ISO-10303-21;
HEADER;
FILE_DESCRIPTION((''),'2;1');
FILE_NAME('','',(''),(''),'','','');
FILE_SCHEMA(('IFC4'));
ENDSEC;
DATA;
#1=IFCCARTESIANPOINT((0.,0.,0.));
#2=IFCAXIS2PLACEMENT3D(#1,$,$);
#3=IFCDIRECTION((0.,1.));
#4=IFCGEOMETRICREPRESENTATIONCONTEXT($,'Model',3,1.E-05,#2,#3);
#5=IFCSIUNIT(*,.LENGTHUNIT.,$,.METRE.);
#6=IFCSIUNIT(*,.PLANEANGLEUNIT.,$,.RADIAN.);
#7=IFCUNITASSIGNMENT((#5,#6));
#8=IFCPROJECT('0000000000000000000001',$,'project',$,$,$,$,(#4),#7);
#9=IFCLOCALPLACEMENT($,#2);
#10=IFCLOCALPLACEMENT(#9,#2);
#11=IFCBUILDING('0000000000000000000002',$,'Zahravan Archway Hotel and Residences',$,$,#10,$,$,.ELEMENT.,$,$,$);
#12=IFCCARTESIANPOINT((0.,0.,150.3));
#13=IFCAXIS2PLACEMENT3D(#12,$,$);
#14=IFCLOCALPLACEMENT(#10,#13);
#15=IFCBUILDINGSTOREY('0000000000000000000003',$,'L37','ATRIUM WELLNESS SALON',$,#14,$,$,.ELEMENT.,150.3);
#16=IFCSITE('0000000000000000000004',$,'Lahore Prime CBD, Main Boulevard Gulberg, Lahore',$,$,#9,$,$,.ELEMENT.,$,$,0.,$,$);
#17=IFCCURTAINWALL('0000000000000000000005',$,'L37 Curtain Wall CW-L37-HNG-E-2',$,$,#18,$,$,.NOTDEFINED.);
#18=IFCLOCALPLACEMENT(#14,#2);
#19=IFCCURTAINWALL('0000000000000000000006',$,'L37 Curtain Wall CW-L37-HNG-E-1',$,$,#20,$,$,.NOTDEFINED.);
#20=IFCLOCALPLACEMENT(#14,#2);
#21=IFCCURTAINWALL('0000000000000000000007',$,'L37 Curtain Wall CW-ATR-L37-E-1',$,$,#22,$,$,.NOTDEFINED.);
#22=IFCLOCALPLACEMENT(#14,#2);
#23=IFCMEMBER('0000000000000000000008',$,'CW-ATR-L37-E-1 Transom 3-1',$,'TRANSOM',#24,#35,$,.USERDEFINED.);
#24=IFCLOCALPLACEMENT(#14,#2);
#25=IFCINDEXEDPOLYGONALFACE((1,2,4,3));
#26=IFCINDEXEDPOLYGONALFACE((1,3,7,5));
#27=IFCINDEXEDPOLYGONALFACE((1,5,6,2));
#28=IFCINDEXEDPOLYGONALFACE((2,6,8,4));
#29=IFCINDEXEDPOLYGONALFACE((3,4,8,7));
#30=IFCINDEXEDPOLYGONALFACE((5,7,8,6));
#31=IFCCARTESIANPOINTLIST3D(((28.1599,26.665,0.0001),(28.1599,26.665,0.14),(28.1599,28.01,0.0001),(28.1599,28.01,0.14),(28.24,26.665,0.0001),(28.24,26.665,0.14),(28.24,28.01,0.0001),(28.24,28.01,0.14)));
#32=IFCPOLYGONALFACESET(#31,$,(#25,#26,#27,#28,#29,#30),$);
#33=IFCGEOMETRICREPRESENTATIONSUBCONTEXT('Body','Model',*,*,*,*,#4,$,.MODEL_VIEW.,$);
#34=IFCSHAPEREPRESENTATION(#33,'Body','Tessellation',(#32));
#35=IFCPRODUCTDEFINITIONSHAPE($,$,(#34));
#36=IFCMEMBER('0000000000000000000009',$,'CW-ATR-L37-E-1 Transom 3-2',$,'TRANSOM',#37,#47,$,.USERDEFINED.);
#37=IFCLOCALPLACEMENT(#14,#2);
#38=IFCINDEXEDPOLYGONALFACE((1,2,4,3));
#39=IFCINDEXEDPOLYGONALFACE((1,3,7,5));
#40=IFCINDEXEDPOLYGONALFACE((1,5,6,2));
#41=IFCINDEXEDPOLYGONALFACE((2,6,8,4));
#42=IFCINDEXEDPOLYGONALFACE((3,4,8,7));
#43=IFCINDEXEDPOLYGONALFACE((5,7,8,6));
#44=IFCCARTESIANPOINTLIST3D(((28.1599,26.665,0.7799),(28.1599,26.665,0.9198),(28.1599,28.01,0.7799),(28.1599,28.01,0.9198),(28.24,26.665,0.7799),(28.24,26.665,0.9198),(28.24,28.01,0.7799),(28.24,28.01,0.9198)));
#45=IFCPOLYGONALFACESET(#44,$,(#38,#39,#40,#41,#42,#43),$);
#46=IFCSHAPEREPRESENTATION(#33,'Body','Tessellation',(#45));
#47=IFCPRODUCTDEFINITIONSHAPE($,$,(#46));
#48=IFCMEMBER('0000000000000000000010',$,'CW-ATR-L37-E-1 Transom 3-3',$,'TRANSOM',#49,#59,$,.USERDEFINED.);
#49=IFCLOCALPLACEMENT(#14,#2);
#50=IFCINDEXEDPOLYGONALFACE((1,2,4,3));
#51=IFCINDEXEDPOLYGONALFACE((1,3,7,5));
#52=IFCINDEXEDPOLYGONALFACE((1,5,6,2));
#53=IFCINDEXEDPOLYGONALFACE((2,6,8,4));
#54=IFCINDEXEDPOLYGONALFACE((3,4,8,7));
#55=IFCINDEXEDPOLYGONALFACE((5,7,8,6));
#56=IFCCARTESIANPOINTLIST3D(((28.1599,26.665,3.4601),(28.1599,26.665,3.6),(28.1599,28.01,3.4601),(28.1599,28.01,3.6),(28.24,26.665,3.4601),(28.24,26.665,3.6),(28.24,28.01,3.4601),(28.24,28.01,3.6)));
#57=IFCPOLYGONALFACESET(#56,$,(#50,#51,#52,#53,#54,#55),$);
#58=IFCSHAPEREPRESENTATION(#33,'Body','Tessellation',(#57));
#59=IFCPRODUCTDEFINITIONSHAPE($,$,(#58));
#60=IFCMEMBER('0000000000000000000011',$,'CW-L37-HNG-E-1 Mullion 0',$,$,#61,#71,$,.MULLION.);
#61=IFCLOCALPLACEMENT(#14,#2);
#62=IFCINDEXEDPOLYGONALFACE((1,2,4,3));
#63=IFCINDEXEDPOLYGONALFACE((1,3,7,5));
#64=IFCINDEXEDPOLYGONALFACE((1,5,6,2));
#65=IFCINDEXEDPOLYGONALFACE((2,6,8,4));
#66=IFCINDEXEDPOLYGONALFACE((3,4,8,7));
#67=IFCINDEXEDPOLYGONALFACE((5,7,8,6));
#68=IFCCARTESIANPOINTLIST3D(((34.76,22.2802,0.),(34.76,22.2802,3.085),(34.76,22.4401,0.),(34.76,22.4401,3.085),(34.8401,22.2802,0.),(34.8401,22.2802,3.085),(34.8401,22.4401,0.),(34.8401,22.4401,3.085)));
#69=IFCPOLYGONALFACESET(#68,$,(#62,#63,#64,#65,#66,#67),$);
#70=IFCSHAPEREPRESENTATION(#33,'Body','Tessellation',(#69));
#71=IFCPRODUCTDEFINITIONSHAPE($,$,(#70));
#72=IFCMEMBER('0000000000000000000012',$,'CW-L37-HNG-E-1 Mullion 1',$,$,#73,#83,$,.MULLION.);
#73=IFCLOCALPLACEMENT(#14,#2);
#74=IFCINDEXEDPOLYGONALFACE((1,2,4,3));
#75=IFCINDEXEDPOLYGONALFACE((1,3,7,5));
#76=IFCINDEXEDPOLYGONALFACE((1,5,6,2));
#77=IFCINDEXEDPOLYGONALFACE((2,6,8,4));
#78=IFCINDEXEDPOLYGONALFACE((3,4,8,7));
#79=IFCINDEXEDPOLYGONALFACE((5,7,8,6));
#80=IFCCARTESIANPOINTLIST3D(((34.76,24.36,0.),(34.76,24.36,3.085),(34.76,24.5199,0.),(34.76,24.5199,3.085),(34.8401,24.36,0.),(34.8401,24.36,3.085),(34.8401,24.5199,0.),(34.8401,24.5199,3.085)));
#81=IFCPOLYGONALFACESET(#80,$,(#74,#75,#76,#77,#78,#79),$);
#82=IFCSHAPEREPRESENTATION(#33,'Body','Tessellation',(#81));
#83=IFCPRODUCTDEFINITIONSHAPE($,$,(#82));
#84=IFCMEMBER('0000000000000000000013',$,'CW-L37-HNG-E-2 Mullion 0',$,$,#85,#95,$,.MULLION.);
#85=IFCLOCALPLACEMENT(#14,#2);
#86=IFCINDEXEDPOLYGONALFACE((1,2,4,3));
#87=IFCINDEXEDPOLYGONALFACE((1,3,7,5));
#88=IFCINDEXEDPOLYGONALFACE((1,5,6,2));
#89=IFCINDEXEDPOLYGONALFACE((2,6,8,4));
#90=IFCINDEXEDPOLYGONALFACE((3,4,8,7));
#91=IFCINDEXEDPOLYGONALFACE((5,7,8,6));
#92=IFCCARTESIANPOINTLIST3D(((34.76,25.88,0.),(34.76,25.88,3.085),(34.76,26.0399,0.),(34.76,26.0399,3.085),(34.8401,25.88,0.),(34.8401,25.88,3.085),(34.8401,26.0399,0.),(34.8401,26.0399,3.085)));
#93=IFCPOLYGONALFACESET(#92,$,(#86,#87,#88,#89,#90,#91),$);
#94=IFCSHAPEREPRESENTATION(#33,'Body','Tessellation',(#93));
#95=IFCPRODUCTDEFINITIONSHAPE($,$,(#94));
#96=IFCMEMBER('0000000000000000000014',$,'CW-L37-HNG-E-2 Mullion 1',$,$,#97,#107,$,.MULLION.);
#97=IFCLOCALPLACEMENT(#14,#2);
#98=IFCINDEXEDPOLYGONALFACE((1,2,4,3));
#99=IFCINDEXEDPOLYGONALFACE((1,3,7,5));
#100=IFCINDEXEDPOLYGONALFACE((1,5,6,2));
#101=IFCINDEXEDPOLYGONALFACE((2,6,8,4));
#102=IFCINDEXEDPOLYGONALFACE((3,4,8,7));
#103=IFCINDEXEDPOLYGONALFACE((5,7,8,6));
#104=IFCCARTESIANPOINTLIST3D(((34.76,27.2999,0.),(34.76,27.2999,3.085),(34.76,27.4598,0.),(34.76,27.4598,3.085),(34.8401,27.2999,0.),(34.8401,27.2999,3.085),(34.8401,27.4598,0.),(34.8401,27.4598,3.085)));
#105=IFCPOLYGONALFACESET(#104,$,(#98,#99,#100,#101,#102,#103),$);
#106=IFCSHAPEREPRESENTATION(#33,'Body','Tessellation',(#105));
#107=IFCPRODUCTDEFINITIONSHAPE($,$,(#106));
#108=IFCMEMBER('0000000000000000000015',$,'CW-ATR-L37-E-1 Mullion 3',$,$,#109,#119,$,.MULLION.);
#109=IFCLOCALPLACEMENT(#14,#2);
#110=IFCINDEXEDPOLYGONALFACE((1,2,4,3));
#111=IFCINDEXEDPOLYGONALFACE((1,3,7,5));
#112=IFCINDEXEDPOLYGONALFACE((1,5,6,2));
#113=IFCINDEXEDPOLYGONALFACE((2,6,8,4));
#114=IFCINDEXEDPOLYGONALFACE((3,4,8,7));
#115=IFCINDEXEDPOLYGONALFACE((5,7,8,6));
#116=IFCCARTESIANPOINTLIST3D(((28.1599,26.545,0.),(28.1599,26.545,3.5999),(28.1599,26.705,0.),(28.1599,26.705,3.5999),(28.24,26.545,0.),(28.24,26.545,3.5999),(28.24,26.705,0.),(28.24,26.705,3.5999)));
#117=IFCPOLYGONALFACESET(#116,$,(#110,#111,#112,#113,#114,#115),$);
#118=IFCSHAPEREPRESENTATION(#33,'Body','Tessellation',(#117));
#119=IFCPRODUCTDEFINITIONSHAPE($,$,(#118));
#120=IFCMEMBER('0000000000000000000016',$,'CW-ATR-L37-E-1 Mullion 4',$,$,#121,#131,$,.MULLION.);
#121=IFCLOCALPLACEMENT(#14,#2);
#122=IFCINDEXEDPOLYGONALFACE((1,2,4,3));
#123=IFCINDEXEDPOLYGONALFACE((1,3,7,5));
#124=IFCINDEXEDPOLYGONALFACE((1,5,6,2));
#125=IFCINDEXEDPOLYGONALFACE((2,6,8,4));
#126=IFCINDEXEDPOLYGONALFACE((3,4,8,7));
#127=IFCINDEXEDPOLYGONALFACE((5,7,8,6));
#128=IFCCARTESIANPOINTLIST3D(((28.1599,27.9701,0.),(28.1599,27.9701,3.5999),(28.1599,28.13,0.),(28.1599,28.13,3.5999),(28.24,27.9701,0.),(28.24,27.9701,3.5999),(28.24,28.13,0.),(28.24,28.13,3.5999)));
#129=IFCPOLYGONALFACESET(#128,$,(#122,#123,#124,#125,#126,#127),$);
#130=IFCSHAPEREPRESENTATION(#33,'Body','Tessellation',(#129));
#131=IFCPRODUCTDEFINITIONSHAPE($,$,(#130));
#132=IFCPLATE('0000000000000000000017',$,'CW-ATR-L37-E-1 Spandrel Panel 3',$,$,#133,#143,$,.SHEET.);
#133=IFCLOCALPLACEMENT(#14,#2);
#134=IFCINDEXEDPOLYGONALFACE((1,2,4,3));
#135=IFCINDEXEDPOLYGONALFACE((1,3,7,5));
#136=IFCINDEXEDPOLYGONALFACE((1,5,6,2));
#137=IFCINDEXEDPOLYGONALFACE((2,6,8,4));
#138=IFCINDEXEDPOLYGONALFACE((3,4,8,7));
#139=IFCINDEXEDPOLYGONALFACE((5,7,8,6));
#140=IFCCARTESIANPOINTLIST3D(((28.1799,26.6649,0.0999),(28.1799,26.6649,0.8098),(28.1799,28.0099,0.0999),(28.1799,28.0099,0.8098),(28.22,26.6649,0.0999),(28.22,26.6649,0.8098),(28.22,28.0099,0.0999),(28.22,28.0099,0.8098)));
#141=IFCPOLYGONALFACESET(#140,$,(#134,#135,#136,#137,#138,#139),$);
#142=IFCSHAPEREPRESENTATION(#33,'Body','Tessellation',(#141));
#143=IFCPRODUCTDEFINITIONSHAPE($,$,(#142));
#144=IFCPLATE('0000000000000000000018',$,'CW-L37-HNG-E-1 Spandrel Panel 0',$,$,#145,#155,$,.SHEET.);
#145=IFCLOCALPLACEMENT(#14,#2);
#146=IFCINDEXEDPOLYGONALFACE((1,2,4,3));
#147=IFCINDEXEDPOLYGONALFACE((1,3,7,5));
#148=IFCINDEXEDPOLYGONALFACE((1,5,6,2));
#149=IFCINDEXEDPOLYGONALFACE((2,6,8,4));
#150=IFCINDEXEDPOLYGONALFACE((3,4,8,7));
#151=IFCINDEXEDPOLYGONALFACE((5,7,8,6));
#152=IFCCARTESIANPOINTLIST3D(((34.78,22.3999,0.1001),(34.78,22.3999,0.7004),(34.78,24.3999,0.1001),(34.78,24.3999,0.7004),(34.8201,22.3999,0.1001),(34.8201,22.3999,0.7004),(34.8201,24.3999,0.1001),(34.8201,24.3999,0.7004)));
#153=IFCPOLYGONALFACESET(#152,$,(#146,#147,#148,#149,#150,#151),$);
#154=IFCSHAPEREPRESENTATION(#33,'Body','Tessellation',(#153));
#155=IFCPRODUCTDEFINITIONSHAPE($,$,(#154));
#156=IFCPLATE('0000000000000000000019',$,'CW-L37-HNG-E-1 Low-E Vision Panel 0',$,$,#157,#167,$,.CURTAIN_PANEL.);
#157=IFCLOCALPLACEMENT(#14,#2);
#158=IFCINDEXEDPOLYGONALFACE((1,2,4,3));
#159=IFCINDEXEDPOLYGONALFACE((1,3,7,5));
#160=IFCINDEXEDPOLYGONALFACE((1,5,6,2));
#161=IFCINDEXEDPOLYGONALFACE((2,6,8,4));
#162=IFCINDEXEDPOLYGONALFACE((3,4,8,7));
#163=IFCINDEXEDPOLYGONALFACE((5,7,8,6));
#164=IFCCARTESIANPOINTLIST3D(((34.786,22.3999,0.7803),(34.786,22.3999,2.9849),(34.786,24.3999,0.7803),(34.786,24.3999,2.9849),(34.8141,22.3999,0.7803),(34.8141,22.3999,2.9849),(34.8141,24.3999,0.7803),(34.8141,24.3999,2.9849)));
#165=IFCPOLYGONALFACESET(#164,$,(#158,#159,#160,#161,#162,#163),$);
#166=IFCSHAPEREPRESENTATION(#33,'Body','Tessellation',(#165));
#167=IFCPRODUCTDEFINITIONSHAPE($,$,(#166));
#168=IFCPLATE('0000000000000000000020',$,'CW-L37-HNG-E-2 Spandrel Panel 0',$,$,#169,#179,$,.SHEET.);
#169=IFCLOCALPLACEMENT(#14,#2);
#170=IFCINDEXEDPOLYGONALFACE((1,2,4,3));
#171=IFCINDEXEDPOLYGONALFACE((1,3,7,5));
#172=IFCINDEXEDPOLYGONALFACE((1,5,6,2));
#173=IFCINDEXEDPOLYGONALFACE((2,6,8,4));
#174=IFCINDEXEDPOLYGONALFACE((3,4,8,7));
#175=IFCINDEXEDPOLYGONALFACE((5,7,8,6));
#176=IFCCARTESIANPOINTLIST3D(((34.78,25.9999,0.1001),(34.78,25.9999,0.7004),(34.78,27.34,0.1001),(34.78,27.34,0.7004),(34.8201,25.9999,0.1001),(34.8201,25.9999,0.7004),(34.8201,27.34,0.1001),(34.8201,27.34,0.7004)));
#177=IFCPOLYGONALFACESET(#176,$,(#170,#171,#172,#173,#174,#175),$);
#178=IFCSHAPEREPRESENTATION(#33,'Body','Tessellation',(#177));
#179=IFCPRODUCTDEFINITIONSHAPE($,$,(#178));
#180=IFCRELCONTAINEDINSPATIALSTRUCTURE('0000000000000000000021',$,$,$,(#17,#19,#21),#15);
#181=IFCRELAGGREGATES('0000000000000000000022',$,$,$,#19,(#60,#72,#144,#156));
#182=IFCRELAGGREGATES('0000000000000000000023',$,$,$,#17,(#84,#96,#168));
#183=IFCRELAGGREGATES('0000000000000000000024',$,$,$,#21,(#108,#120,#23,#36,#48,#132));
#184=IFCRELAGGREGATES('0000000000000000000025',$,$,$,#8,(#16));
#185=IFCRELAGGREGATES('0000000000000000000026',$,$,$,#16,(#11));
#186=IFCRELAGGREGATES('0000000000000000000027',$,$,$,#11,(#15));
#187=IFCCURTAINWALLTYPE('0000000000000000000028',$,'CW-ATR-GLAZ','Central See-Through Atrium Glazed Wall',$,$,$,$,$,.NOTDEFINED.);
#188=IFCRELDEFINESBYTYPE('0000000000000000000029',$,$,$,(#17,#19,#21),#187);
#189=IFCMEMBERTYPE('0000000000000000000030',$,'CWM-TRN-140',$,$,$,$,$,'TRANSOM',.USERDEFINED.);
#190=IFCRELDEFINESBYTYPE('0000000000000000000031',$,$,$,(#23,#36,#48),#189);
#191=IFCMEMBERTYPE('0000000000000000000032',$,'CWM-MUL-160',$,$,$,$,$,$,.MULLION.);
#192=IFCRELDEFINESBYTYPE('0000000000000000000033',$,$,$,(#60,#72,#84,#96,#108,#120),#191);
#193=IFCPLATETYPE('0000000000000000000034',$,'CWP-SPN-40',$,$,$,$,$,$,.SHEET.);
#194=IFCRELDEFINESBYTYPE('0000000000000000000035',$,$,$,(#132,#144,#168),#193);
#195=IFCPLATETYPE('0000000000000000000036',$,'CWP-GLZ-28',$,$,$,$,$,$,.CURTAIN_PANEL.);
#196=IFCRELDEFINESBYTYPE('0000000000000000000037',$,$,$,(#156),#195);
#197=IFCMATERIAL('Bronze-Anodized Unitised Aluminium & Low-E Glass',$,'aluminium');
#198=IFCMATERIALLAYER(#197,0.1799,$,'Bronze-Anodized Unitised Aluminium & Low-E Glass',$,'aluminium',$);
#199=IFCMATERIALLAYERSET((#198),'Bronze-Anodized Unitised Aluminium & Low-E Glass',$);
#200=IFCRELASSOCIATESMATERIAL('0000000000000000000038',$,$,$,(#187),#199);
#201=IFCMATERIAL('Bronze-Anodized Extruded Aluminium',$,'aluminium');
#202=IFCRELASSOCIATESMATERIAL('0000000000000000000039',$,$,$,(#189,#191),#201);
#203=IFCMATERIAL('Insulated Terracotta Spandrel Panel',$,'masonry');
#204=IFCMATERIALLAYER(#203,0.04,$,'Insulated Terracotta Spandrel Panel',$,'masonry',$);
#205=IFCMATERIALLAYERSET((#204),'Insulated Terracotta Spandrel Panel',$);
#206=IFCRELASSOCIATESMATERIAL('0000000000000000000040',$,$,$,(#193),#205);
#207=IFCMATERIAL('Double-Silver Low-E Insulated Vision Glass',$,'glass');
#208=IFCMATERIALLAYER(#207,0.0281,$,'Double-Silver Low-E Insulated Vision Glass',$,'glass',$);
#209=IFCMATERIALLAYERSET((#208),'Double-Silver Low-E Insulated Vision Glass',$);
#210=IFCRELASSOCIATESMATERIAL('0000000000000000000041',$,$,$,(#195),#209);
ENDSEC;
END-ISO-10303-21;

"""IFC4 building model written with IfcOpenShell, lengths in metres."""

from ifc_helpers import new_model, si_unit, direction, frame, origin, origin_2d, place, context, subcontext, project, spatial, rectangle, extrude, source, transform, mapped, material, layer, layer_set, material_profile, profile_set, type_object, element, aggregate, save


model = new_model("IFC4")

# Units and contexts
model_context = context("Model", 3, precision=1e-05, world=origin(), true_north=direction((0.0, 1.0)))
body_context = subcontext(model_context, "Body", "Model", "MODEL_VIEW")
ifc_project = project(units=[si_unit("LENGTHUNIT", "METRE"), si_unit("PLANEANGLEUNIT", "RADIAN")], contexts=[model_context])

# Site, building, storey
site_placement = place(None, origin())
site = spatial("IfcSite", under=ifc_project, at=site_placement, Name="Lahore Prime CBD, Main Boulevard Gulberg, Lahore", CompositionType="ELEMENT", RefElevation=0.0)
building_placement = place(site_placement, origin())
building = spatial("IfcBuilding", under=site, at=building_placement, Name="Zahravan Archway Hotel and Residences", CompositionType="ELEMENT")
storey_placement = place(building_placement, frame((0.0, 0.0, 150.3)))
storey = spatial("IfcBuildingStorey", under=building, at=storey_placement, Name="L37", Description="ATRIUM WELLNESS SALON", CompositionType="ELEMENT", Elevation=150.3)

# Curtain walls, members
ifc_material_1 = material(Name="Bronze-Anodized Unitised Aluminium & Low-E Glass", Category="aluminium")
ifc_layer_1 = layer(ifc_material_1, 0.1799, Name="Bronze-Anodized Unitised Aluminium & Low-E Glass", Category="aluminium")
ifc_layer_set_1 = layer_set([ifc_layer_1], Name="Bronze-Anodized Unitised Aluminium & Low-E Glass")
curtain_wall_type = type_object("IfcCurtainWallType", Name="CW-ATR-GLAZ", Description="Central See-Through Atrium Glazed Wall", PredefinedType="NOTDEFINED", material=ifc_layer_set_1)
curtain_wall_1_placement = place(storey_placement, origin())
curtain_wall_1 = element("IfcCurtainWall", 1, at=curtain_wall_1_placement, inside=storey, type_object=curtain_wall_type, Name="L37 Curtain Wall CW-L37-HNG-E-2", PredefinedType="NOTDEFINED")
ifc_material_2 = material(Name="Bronze-Anodized Extruded Aluminium", Category="aluminium")
ifc_material_profile_1 = material_profile(ifc_material_2, rectangle(XDim=0.0801, YDim=0.1399, at=origin_2d()), Name="TRN 80x140", Category="aluminium")
ifc_profile_set_1 = profile_set([ifc_material_profile_1], Name="Bronze-Anodized Extruded Aluminium")
member_type_1 = type_object("IfcMemberType", Name="CWM-TRN-140", ElementType="TRANSOM", PredefinedType="USERDEFINED", material=ifc_profile_set_1)
curtain_wall_2_placement = place(storey_placement, origin())
curtain_wall_2 = element("IfcCurtainWall", 2, at=curtain_wall_2_placement, inside=storey, type_object=curtain_wall_type, Name="L37 Curtain Wall CW-L37-HNG-E-1", PredefinedType="NOTDEFINED")
curtain_wall_3_placement = place(storey_placement, origin())
curtain_wall_3 = element("IfcCurtainWall", 3, at=curtain_wall_3_placement, inside=storey, type_object=curtain_wall_type, Name="L37 Curtain Wall CW-ATR-L37-E-1", PredefinedType="NOTDEFINED")
shared_shape_1 = source(origin(), body_context, "Body", "SweptSolid", [
    extrude(rectangle(XDim=0.0801, YDim=0.1399, at=origin_2d()), origin(), (0.0, 0.0, 1.0), 1.345),
])
member_1_placement = place(storey_placement, frame((28.2, 26.665, 0.0701), z_axis=(0.0, 1.0, 0.0), x_axis=(-1.0, 0.0, 0.0)))
member_1 = element("IfcMember", 4, at=member_1_placement, type_object=member_type_1, Name="CW-ATR-L37-E-1 Transom 3-1", ObjectType="TRANSOM", PredefinedType="USERDEFINED", context=body_context, shape_type="MappedRepresentation", body=[
    mapped(shared_shape_1, transform((0.0, 0.0, 0.0), scale=1.0)),
])
member_2_placement = place(storey_placement, frame((28.2, 26.665, 0.8499), z_axis=(0.0, 1.0, 0.0), x_axis=(-1.0, 0.0, 0.0)))
member_2 = element("IfcMember", 5, at=member_2_placement, type_object=member_type_1, Name="CW-ATR-L37-E-1 Transom 3-2", ObjectType="TRANSOM", PredefinedType="USERDEFINED", context=body_context, shape_type="MappedRepresentation", body=[
    mapped(shared_shape_1, transform((0.0, 0.0, 0.0), scale=1.0)),
])
member_3_placement = place(storey_placement, frame((28.2, 26.665, 3.53), z_axis=(0.0, 1.0, 0.0), x_axis=(-1.0, 0.0, 0.0)))
member_3 = element("IfcMember", 6, at=member_3_placement, type_object=member_type_1, Name="CW-ATR-L37-E-1 Transom 3-3", ObjectType="TRANSOM", PredefinedType="USERDEFINED", context=body_context, shape_type="MappedRepresentation", body=[
    mapped(shared_shape_1, transform((0.0, 0.0, 0.0), scale=1.0)),
])

# Members
ifc_material_profile_2 = material_profile(ifc_material_2, rectangle(XDim=0.0801, YDim=0.1599, at=origin_2d()), Name="MUL 80x160", Category="aluminium")
ifc_profile_set_2 = profile_set([ifc_material_profile_2], Name="Bronze-Anodized Extruded Aluminium")
member_type_2 = type_object("IfcMemberType", Name="CWM-MUL-160", PredefinedType="MULLION", material=ifc_profile_set_2)
shared_shape_2 = source(origin(), body_context, "Body", "SweptSolid", [
    extrude(rectangle(XDim=0.0801, YDim=0.1599, at=origin_2d()), origin(), (0.0, 0.0, 1.0), 3.085),
])
member_4_placement = place(storey_placement, frame((34.8, 22.3601, 0.0), z_axis=(0.0, 0.0, 1.0), x_axis=(1.0, 0.0, 0.0)))
member_4 = element("IfcMember", 7, at=member_4_placement, type_object=member_type_2, Name="CW-L37-HNG-E-1 Mullion 0", PredefinedType="MULLION", context=body_context, shape_type="MappedRepresentation", body=[
    mapped(shared_shape_2, transform((0.0, 0.0, 0.0), scale=1.0)),
])
member_5_placement = place(storey_placement, frame((34.8, 24.4399, 0.0), z_axis=(0.0, 0.0, 1.0), x_axis=(1.0, 0.0, 0.0)))
member_5 = element("IfcMember", 8, at=member_5_placement, type_object=member_type_2, Name="CW-L37-HNG-E-1 Mullion 1", PredefinedType="MULLION", context=body_context, shape_type="MappedRepresentation", body=[
    mapped(shared_shape_2, transform((0.0, 0.0, 0.0), scale=1.0)),
])
member_6_placement = place(storey_placement, frame((34.8, 25.96, 0.0), z_axis=(0.0, 0.0, 1.0), x_axis=(1.0, 0.0, 0.0)))
member_6 = element("IfcMember", 9, at=member_6_placement, type_object=member_type_2, Name="CW-L37-HNG-E-2 Mullion 0", PredefinedType="MULLION", context=body_context, shape_type="MappedRepresentation", body=[
    mapped(shared_shape_2, transform((0.0, 0.0, 0.0), scale=1.0)),
])
member_7_placement = place(storey_placement, frame((34.8, 27.3799, 0.0), z_axis=(0.0, 0.0, 1.0), x_axis=(1.0, 0.0, 0.0)))
member_7 = element("IfcMember", 10, at=member_7_placement, type_object=member_type_2, Name="CW-L37-HNG-E-2 Mullion 1", PredefinedType="MULLION", context=body_context, shape_type="MappedRepresentation", body=[
    mapped(shared_shape_2, transform((0.0, 0.0, 0.0), scale=1.0)),
])
shared_shape_3 = source(origin(), body_context, "Body", "SweptSolid", [
    extrude(rectangle(XDim=0.0801, YDim=0.1599, at=origin_2d()), origin(), (0.0, 0.0, 1.0), 3.5999),
])
member_8_placement = place(storey_placement, frame((28.2, 26.625, 0.0), z_axis=(0.0, 0.0, 1.0), x_axis=(1.0, 0.0, 0.0)))
member_8 = element("IfcMember", 11, at=member_8_placement, type_object=member_type_2, Name="CW-ATR-L37-E-1 Mullion 3", PredefinedType="MULLION", context=body_context, shape_type="MappedRepresentation", body=[
    mapped(shared_shape_3, transform((0.0, 0.0, 0.0), scale=1.0)),
])
member_9_placement = place(storey_placement, frame((28.2, 28.05, 0.0), z_axis=(0.0, 0.0, 1.0), x_axis=(1.0, 0.0, 0.0)))
member_9 = element("IfcMember", 12, at=member_9_placement, type_object=member_type_2, Name="CW-ATR-L37-E-1 Mullion 4", PredefinedType="MULLION", context=body_context, shape_type="MappedRepresentation", body=[
    mapped(shared_shape_3, transform((0.0, 0.0, 0.0), scale=1.0)),
])

# Plates
ifc_material_3 = material(Name="Insulated Terracotta Spandrel Panel", Category="masonry")
ifc_layer_2 = layer(ifc_material_3, 0.04, Name="Insulated Terracotta Spandrel Panel", Category="masonry")
ifc_layer_set_2 = layer_set([ifc_layer_2], Name="Insulated Terracotta Spandrel Panel")
plate_type_1 = type_object("IfcPlateType", Name="CWP-SPN-40", PredefinedType="SHEET", material=ifc_layer_set_2)
shared_shape_4 = source(origin(), body_context, "Body", "SweptSolid", [
    extrude(rectangle(XDim=1.345, YDim=0.04, at=origin_2d()), origin(), (0.0, 0.0, 1.0), 0.71),
])
plate_1_placement = place(storey_placement, frame((28.2, 27.3374, 0.0999), z_axis=(0.0, 0.0, 1.0), x_axis=(0.0, 1.0, 0.0)))
plate_1 = element("IfcPlate", 13, at=plate_1_placement, type_object=plate_type_1, Name="CW-ATR-L37-E-1 Spandrel Panel 3", PredefinedType="SHEET", context=body_context, shape_type="MappedRepresentation", body=[
    mapped(shared_shape_4, transform((0.0, 0.0, 0.0), scale=1.0)),
])
shared_shape_5 = source(origin(), body_context, "Body", "SweptSolid", [
    extrude(rectangle(XDim=2.0, YDim=0.04, at=origin_2d()), origin(), (0.0, 0.0, 1.0), 0.6003),
])
plate_2_placement = place(storey_placement, frame((34.8, 23.3999, 0.1001), z_axis=(0.0, 0.0, 1.0), x_axis=(0.0, 1.0, 0.0)))
plate_2 = element("IfcPlate", 14, at=plate_2_placement, type_object=plate_type_1, Name="CW-L37-HNG-E-1 Spandrel Panel 0", PredefinedType="SHEET", context=body_context, shape_type="MappedRepresentation", body=[
    mapped(shared_shape_5, transform((0.0, 0.0, 0.0), scale=1.0)),
])
ifc_material_4 = material(Name="Double-Silver Low-E Insulated Vision Glass", Category="glass")
ifc_layer_3 = layer(ifc_material_4, 0.0281, Name="Double-Silver Low-E Insulated Vision Glass", Category="glass")
ifc_layer_set_3 = layer_set([ifc_layer_3], Name="Double-Silver Low-E Insulated Vision Glass")
plate_type_2 = type_object("IfcPlateType", Name="CWP-GLZ-28", PredefinedType="CURTAIN_PANEL", material=ifc_layer_set_3)
shared_shape_6 = source(origin(), body_context, "Body", "SweptSolid", [
    extrude(rectangle(XDim=2.0, YDim=0.0281, at=origin_2d()), origin(), (0.0, 0.0, 1.0), 2.2046),
])
plate_3_placement = place(storey_placement, frame((34.8, 23.3999, 0.7803), z_axis=(0.0, 0.0, 1.0), x_axis=(0.0, 1.0, 0.0)))
plate_3 = element("IfcPlate", 15, at=plate_3_placement, type_object=plate_type_2, Name="CW-L37-HNG-E-1 Low-E Vision Panel 0", PredefinedType="CURTAIN_PANEL", context=body_context, shape_type="MappedRepresentation", body=[
    mapped(shared_shape_6, transform((0.0, 0.0, 0.0), scale=1.0)),
])
aggregate(curtain_wall_2, [member_4, member_5, plate_2, plate_3])
shared_shape_7 = source(origin(), body_context, "Body", "SweptSolid", [
    extrude(rectangle(XDim=1.3401, YDim=0.04, at=origin_2d()), origin(), (0.0, 0.0, 1.0), 0.6003),
])
plate_4_placement = place(storey_placement, frame((34.8, 26.6699, 0.1001), z_axis=(0.0, 0.0, 1.0), x_axis=(0.0, 1.0, 0.0)))
plate_4 = element("IfcPlate", 16, at=plate_4_placement, type_object=plate_type_1, Name="CW-L37-HNG-E-2 Spandrel Panel 0", PredefinedType="SHEET", context=body_context, shape_type="MappedRepresentation", body=[
    mapped(shared_shape_7, transform((0.0, 0.0, 0.0), scale=1.0)),
])
aggregate(curtain_wall_1, [member_6, member_7, plate_4])
aggregate(curtain_wall_3, [member_8, member_9, member_1, member_2, member_3, plate_1])

save(model, "model.ifc")
